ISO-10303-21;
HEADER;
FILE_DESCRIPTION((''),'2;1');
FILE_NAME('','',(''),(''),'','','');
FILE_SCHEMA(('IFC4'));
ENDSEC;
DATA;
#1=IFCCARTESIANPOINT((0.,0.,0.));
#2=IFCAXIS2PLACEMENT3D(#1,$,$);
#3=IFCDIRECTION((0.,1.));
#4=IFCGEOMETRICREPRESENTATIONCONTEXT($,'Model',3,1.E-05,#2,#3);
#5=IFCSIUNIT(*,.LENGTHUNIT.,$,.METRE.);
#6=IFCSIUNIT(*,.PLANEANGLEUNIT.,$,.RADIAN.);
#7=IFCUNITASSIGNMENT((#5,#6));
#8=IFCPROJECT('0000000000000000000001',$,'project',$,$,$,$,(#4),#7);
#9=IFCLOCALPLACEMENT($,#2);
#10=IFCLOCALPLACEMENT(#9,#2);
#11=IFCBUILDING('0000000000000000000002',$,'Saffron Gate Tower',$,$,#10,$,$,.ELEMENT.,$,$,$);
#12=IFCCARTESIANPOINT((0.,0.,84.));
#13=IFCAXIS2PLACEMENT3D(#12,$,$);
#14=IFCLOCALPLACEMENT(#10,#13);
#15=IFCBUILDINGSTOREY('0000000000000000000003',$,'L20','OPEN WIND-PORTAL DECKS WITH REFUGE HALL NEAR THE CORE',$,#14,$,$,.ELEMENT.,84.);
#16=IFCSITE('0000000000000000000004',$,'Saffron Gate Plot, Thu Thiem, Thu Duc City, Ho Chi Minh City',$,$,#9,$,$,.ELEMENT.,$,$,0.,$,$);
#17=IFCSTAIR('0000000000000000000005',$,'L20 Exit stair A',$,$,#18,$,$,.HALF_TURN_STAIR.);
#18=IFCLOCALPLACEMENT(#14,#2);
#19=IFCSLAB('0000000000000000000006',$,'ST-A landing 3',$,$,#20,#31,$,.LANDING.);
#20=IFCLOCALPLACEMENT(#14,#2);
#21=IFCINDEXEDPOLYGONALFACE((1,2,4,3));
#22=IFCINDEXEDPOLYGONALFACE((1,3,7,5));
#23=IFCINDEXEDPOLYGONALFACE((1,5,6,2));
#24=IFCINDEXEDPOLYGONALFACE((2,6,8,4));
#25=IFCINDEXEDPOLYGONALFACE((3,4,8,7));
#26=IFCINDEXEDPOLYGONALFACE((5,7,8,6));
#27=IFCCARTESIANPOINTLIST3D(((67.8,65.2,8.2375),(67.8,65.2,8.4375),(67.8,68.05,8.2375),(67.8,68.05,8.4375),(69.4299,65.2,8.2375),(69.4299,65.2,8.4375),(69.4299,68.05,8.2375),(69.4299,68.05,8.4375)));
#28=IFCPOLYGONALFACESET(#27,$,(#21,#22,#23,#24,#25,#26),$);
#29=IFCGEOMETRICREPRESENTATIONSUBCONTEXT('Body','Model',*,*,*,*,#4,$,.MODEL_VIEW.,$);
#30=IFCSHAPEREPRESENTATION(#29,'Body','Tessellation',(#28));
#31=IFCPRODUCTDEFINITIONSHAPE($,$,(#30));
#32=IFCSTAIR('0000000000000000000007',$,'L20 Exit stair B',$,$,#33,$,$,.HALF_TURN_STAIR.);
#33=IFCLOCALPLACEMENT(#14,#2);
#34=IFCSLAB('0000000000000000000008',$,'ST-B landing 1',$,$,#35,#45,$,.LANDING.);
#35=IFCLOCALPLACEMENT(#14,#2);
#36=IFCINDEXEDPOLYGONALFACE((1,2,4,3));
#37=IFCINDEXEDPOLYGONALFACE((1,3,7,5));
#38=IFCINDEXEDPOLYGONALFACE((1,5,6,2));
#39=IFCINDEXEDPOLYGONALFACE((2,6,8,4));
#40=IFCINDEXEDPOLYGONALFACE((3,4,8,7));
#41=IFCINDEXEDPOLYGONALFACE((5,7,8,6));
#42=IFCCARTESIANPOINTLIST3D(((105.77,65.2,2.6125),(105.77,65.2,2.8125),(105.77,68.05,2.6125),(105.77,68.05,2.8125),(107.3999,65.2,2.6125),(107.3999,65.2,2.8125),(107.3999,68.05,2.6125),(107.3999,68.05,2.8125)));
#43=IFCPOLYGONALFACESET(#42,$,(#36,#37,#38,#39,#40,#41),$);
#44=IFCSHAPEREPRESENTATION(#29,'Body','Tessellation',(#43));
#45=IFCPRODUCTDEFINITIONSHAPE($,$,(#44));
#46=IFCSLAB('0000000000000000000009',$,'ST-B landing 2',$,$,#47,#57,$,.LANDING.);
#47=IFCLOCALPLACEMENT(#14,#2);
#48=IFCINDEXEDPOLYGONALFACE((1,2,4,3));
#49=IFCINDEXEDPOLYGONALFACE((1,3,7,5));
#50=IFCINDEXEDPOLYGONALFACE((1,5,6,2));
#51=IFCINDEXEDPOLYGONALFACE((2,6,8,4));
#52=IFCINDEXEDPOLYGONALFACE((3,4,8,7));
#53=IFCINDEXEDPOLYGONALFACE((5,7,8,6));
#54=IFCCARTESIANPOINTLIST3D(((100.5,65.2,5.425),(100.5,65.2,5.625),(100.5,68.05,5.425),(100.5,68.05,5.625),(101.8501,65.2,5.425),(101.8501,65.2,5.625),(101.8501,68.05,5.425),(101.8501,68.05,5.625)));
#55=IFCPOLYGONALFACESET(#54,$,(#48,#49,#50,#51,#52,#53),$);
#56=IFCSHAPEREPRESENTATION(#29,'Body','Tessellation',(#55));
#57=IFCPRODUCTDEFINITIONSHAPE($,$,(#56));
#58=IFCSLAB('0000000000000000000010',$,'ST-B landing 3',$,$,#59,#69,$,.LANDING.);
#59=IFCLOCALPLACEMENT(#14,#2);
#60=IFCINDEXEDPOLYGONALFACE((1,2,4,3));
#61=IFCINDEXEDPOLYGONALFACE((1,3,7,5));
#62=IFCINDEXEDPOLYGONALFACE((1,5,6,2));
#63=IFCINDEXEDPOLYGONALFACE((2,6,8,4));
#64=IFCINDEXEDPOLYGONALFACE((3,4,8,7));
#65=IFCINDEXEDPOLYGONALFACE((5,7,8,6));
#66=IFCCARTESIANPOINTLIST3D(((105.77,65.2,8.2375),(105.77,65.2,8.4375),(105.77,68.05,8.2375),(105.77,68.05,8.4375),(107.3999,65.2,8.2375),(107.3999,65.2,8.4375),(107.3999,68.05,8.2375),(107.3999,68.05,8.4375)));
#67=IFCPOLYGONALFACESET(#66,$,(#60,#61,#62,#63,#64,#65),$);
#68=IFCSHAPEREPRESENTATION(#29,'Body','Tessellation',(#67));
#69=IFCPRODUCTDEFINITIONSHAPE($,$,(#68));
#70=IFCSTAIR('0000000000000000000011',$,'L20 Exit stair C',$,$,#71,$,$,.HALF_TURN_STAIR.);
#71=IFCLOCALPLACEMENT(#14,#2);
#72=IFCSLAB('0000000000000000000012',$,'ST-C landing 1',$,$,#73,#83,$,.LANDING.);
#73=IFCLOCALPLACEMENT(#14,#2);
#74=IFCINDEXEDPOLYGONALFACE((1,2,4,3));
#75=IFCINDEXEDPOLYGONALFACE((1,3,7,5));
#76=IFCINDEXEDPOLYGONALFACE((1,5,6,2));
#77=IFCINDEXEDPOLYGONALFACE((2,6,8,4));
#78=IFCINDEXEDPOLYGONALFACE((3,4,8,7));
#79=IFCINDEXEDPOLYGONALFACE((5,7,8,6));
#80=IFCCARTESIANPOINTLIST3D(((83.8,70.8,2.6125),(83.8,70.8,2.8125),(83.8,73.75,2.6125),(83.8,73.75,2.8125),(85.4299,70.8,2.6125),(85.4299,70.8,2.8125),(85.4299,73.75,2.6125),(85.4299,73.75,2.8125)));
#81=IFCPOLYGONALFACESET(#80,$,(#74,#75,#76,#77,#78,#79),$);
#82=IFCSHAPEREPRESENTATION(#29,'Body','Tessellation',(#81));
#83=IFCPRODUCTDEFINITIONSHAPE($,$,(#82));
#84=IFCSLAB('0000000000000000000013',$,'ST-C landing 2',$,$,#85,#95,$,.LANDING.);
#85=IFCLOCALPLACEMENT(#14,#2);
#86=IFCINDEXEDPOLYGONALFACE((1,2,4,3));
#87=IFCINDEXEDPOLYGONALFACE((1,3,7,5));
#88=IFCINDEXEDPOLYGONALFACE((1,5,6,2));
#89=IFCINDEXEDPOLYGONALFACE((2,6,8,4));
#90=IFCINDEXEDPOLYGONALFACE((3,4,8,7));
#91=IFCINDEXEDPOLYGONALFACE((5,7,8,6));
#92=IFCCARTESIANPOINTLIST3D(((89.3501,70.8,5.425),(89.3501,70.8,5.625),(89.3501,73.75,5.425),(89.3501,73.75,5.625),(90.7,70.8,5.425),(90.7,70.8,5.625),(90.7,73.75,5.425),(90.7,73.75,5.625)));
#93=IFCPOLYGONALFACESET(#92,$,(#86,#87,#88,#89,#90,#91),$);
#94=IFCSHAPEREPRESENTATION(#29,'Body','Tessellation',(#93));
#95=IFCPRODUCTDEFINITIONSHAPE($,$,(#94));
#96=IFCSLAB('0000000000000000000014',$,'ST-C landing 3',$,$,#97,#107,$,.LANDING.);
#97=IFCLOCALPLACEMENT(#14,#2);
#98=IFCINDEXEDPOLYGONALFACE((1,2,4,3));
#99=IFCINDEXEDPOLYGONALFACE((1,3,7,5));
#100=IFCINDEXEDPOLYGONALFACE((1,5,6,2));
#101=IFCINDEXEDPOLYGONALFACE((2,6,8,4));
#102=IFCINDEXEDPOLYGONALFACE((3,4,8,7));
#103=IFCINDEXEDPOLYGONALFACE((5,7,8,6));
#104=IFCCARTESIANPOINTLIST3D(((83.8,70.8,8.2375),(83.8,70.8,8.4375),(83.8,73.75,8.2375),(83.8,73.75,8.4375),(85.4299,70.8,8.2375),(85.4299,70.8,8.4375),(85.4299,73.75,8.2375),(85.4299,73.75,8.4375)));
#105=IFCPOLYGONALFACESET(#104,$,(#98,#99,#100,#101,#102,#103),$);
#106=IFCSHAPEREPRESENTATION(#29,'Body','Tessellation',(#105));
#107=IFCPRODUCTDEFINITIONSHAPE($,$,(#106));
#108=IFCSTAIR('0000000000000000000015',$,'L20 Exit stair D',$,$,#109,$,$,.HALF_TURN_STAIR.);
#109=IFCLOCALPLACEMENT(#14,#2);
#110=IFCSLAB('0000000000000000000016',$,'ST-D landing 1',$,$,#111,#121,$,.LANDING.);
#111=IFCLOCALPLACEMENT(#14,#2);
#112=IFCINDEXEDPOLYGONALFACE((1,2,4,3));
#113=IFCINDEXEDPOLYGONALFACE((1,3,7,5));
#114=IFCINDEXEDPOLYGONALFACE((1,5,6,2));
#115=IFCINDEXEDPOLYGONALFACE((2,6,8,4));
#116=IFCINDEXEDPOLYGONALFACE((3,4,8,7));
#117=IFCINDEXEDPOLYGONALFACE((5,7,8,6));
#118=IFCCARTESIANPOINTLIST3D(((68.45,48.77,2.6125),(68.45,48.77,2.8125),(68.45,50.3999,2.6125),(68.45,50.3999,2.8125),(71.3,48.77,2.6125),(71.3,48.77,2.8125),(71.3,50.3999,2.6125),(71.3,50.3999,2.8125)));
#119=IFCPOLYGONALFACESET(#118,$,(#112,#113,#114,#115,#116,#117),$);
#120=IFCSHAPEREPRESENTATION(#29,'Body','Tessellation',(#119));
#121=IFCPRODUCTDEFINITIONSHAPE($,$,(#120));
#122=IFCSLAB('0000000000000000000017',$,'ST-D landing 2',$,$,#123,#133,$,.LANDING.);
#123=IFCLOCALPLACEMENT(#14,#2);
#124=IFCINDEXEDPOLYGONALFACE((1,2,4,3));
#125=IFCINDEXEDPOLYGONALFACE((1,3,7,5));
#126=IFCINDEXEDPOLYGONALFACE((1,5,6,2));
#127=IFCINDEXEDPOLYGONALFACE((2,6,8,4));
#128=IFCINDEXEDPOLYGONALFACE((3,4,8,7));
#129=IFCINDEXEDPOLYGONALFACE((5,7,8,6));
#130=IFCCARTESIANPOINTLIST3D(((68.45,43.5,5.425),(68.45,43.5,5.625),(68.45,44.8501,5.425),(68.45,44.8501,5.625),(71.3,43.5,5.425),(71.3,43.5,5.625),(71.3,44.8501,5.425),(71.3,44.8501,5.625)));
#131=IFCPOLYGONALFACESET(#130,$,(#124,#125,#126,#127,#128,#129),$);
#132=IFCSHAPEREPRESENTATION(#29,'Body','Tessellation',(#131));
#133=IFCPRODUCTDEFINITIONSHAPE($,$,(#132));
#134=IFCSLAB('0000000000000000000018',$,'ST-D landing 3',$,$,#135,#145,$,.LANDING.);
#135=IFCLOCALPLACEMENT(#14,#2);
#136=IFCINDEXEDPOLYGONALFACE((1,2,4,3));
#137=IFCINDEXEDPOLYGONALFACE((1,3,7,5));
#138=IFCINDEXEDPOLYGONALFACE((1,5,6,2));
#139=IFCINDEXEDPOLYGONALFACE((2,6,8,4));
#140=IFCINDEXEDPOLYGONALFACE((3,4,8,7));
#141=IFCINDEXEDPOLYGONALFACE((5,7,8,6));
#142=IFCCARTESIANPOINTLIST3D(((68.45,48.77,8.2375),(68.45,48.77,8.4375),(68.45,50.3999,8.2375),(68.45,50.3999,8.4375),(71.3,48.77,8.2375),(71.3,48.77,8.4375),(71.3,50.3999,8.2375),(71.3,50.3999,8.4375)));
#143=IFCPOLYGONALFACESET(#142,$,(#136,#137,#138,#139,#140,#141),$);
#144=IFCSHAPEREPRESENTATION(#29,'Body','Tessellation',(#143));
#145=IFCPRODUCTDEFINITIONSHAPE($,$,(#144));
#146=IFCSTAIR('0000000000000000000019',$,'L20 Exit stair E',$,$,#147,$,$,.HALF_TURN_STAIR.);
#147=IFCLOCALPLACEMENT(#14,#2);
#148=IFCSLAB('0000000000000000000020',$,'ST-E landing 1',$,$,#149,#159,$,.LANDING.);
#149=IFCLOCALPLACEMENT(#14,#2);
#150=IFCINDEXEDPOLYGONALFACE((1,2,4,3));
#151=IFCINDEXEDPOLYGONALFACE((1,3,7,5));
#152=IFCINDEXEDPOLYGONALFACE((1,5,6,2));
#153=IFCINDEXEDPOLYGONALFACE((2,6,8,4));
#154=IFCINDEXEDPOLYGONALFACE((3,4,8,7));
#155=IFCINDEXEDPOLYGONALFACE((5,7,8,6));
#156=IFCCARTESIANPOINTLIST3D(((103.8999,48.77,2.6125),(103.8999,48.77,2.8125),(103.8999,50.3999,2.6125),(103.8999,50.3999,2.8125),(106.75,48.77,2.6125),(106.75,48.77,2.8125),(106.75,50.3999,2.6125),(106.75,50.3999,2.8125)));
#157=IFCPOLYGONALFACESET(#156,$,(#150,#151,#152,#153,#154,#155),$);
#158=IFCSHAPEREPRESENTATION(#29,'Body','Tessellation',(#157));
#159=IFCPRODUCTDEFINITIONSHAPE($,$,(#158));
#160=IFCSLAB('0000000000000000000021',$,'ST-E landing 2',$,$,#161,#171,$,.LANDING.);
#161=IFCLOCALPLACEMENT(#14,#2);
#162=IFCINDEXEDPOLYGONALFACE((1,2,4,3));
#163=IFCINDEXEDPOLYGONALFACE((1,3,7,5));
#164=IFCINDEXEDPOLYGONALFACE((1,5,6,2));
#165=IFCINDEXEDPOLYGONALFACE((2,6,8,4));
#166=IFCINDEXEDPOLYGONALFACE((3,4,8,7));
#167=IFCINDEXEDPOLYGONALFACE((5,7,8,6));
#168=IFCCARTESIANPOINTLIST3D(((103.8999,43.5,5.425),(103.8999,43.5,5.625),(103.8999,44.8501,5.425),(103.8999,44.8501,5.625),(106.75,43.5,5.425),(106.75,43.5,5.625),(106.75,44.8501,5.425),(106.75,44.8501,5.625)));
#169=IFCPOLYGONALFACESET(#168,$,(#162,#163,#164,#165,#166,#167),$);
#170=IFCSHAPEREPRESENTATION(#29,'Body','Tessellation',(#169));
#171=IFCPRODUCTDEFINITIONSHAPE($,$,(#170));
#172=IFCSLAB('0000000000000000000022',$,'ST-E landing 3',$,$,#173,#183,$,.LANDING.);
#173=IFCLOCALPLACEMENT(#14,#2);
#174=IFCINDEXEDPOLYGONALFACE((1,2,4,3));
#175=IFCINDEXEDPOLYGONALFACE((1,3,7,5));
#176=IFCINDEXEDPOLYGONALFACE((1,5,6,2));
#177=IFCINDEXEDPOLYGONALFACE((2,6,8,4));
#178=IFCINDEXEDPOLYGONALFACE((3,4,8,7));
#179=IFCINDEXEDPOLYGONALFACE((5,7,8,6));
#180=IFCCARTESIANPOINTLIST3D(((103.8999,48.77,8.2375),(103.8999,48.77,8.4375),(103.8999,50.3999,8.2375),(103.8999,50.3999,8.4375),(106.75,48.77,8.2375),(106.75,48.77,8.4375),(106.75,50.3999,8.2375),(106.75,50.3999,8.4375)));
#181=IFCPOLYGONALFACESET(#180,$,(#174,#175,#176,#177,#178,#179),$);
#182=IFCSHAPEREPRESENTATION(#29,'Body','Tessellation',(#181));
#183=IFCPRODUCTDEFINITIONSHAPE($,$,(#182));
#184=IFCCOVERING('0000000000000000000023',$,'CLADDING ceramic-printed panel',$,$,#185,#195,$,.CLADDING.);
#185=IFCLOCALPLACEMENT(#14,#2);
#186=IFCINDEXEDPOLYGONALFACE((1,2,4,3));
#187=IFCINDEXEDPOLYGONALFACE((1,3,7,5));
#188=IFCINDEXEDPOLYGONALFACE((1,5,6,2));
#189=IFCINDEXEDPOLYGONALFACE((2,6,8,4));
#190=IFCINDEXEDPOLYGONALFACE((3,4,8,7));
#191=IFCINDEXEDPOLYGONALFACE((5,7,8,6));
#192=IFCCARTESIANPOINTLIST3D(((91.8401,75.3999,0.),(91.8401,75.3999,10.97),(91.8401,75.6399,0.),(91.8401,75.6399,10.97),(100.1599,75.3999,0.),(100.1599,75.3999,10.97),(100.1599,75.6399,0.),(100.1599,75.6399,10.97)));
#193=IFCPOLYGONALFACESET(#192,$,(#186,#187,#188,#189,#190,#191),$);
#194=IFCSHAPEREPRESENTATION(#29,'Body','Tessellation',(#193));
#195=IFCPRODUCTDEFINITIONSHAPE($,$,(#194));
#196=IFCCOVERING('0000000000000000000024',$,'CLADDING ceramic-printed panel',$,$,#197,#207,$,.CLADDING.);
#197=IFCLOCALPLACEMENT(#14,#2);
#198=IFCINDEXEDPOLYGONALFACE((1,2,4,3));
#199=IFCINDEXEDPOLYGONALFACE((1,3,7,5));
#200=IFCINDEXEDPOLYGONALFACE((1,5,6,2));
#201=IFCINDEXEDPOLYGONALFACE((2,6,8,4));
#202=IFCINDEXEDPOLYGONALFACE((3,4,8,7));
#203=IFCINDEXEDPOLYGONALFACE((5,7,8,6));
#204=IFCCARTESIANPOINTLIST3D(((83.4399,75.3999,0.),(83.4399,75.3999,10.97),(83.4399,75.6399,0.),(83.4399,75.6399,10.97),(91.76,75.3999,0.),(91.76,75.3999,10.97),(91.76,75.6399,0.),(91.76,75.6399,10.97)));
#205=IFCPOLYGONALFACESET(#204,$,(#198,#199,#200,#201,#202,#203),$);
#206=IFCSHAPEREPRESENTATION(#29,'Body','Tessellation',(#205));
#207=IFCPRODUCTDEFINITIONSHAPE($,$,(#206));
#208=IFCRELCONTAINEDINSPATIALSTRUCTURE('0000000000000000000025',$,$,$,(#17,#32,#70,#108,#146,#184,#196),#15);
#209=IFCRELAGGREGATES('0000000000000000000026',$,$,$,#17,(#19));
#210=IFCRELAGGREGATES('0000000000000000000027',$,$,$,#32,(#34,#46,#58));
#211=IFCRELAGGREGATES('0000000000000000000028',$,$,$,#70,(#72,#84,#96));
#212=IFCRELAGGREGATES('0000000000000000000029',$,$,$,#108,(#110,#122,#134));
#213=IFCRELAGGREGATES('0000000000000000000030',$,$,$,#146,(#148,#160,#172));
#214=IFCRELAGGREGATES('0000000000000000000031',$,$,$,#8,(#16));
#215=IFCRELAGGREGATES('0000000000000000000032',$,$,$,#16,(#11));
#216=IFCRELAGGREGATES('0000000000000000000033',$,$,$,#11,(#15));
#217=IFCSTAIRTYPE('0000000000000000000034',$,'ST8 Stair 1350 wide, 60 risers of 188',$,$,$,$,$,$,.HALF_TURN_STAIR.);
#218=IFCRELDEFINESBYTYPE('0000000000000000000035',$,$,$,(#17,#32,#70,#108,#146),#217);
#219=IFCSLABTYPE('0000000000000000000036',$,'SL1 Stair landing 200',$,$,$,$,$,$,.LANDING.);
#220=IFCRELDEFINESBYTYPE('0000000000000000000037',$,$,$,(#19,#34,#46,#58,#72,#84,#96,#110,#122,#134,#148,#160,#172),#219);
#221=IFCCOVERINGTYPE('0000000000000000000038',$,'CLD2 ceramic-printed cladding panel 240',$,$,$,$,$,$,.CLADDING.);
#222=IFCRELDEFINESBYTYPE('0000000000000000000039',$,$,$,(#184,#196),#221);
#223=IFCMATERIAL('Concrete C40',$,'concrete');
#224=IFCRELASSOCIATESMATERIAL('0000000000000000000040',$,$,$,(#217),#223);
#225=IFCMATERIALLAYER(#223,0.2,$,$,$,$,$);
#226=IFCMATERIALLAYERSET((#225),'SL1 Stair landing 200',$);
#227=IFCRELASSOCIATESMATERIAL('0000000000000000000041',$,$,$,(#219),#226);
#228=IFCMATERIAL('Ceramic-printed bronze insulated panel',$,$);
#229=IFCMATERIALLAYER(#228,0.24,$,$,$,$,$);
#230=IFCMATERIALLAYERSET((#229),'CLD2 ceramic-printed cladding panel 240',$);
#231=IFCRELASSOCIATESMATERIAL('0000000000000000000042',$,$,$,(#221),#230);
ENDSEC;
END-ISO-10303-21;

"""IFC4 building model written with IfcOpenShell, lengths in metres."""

from ifc_helpers import new_model, si_unit, direction, frame, origin, place, context, subcontext, project, spatial, polyline, outline, extrude, material, layer, layer_set, type_object, element, aggregate, save


model = new_model("IFC4")

# Units and contexts
model_context = context("Model", 3, precision=1e-05, world=origin(), true_north=direction((0.0, 1.0)))
body_context = subcontext(model_context, "Body", "Model", "MODEL_VIEW")
ifc_project = project(units=[si_unit("LENGTHUNIT", "METRE"), si_unit("PLANEANGLEUNIT", "RADIAN")], contexts=[model_context])

# Site, building, storey
site_placement = place(None, origin())
site = spatial("IfcSite", under=ifc_project, at=site_placement, Name="Saffron Gate Plot, Thu Thiem, Thu Duc City, Ho Chi Minh City", CompositionType="ELEMENT", RefElevation=0.0)
building_placement = place(site_placement, origin())
building = spatial("IfcBuilding", under=site, at=building_placement, Name="Saffron Gate Tower", CompositionType="ELEMENT")
storey_placement = place(building_placement, frame((0.0, 0.0, 84.0)))
storey = spatial("IfcBuildingStorey", under=building, at=storey_placement, Name="L20", Description="OPEN WIND-PORTAL DECKS WITH REFUGE HALL NEAR THE CORE", CompositionType="ELEMENT", Elevation=84.0)

# Shared definitions
ifc_material_1 = material(Name="Concrete C40", Category="concrete")

# Stairs, slabs
stair_type = type_object("IfcStairType", Name="ST8 Stair 1350 wide, 60 risers of 188", PredefinedType="HALF_TURN_STAIR", material=ifc_material_1)
stair_1_placement = place(storey_placement, origin())
stair_1 = element("IfcStair", 1, at=stair_1_placement, inside=storey, type_object=stair_type, Name="L20 Exit stair A", PredefinedType="HALF_TURN_STAIR")
ifc_layer_1 = layer(ifc_material_1, 0.2)
ifc_layer_set_1 = layer_set([ifc_layer_1], Name="SL1 Stair landing 200")
slab_type_1 = type_object("IfcSlabType", Name="SL1 Stair landing 200", PredefinedType="LANDING", material=ifc_layer_set_1)
slab_1_placement = place(storey_placement, frame((0.0, 0.0, 8.2375)))
slab_1 = element("IfcSlab", 2, at=slab_1_placement, type_object=slab_type_1, Name="ST-A landing 3", PredefinedType="LANDING", context=body_context, shape_type="SweptSolid", body=[
    extrude(outline(polyline([(69.4299, 68.05), (67.8, 68.05), (67.8, 65.2), (69.4299, 65.2), (69.4299, 68.05)])), origin(), (0.0, 0.0, 1.0), 0.2),
])
aggregate(stair_1, [slab_1])
stair_2_placement = place(storey_placement, origin())
stair_2 = element("IfcStair", 3, at=stair_2_placement, inside=storey, type_object=stair_type, Name="L20 Exit stair B", PredefinedType="HALF_TURN_STAIR")
slab_2_placement = place(storey_placement, frame((0.0, 0.0, 2.6125)))
slab_2 = element("IfcSlab", 4, at=slab_2_placement, type_object=slab_type_1, Name="ST-B landing 1", PredefinedType="LANDING", context=body_context, shape_type="SweptSolid", body=[
    extrude(outline(polyline([(105.77, 65.2), (107.3999, 65.2), (107.3999, 68.05), (105.77, 68.05), (105.77, 65.2)])), origin(), (0.0, 0.0, 1.0), 0.2),
])
slab_3_placement = place(storey_placement, frame((0.0, 0.0, 5.425)))
slab_3 = element("IfcSlab", 5, at=slab_3_placement, type_object=slab_type_1, Name="ST-B landing 2", PredefinedType="LANDING", context=body_context, shape_type="SweptSolid", body=[
    extrude(outline(polyline([(100.5, 65.2), (101.8501, 65.2), (101.8501, 68.05), (100.5, 68.05), (100.5, 65.2)])), origin(), (0.0, 0.0, 1.0), 0.2),
])
slab_4_placement = place(storey_placement, frame((0.0, 0.0, 8.2375)))
slab_4 = element("IfcSlab", 6, at=slab_4_placement, type_object=slab_type_1, Name="ST-B landing 3", PredefinedType="LANDING", context=body_context, shape_type="SweptSolid", body=[
    extrude(outline(polyline([(105.77, 65.2), (107.3999, 65.2), (107.3999, 68.05), (105.77, 68.05), (105.77, 65.2)])), origin(), (0.0, 0.0, 1.0), 0.2),
])
aggregate(stair_2, [slab_2, slab_3, slab_4])
stair_3_placement = place(storey_placement, origin())
stair_3 = element("IfcStair", 7, at=stair_3_placement, inside=storey, type_object=stair_type, Name="L20 Exit stair C", PredefinedType="HALF_TURN_STAIR")
slab_5_placement = place(storey_placement, frame((0.0, 0.0, 2.6125)))
slab_5 = element("IfcSlab", 8, at=slab_5_placement, type_object=slab_type_1, Name="ST-C landing 1", PredefinedType="LANDING", context=body_context, shape_type="SweptSolid", body=[
    extrude(outline(polyline([(85.4299, 73.75), (83.8, 73.75), (83.8, 70.8), (85.4299, 70.8), (85.4299, 73.75)])), origin(), (0.0, 0.0, 1.0), 0.2),
])
slab_6_placement = place(storey_placement, frame((0.0, 0.0, 5.425)))
slab_6 = element("IfcSlab", 9, at=slab_6_placement, type_object=slab_type_1, Name="ST-C landing 2", PredefinedType="LANDING", context=body_context, shape_type="SweptSolid", body=[
    extrude(outline(polyline([(90.7, 73.75), (89.3501, 73.75), (89.3501, 70.8), (90.7, 70.8), (90.7, 73.75)])), origin(), (0.0, 0.0, 1.0), 0.2),
])
slab_7_placement = place(storey_placement, frame((0.0, 0.0, 8.2375)))
slab_7 = element("IfcSlab", 10, at=slab_7_placement, type_object=slab_type_1, Name="ST-C landing 3", PredefinedType="LANDING", context=body_context, shape_type="SweptSolid", body=[
    extrude(outline(polyline([(85.4299, 73.75), (83.8, 73.75), (83.8, 70.8), (85.4299, 70.8), (85.4299, 73.75)])), origin(), (0.0, 0.0, 1.0), 0.2),
])
aggregate(stair_3, [slab_5, slab_6, slab_7])
stair_4_placement = place(storey_placement, origin())
stair_4 = element("IfcStair", 11, at=stair_4_placement, inside=storey, type_object=stair_type, Name="L20 Exit stair D", PredefinedType="HALF_TURN_STAIR")
slab_8_placement = place(storey_placement, frame((0.0, 0.0, 2.6125)))
slab_8 = element("IfcSlab", 12, at=slab_8_placement, type_object=slab_type_1, Name="ST-D landing 1", PredefinedType="LANDING", context=body_context, shape_type="SweptSolid", body=[
    extrude(outline(polyline([(71.3, 48.77), (71.3, 50.3999), (68.45, 50.3999), (68.45, 48.77), (71.3, 48.77)])), origin(), (0.0, 0.0, 1.0), 0.2),
])
slab_9_placement = place(storey_placement, frame((0.0, 0.0, 5.425)))
slab_9 = element("IfcSlab", 13, at=slab_9_placement, type_object=slab_type_1, Name="ST-D landing 2", PredefinedType="LANDING", context=body_context, shape_type="SweptSolid", body=[
    extrude(outline(polyline([(71.3, 43.5), (71.3, 44.8501), (68.45, 44.8501), (68.45, 43.5), (71.3, 43.5)])), origin(), (0.0, 0.0, 1.0), 0.2),
])
slab_10_placement = place(storey_placement, frame((0.0, 0.0, 8.2375)))
slab_10 = element("IfcSlab", 14, at=slab_10_placement, type_object=slab_type_1, Name="ST-D landing 3", PredefinedType="LANDING", context=body_context, shape_type="SweptSolid", body=[
    extrude(outline(polyline([(71.3, 48.77), (71.3, 50.3999), (68.45, 50.3999), (68.45, 48.77), (71.3, 48.77)])), origin(), (0.0, 0.0, 1.0), 0.2),
])
aggregate(stair_4, [slab_8, slab_9, slab_10])
stair_5_placement = place(storey_placement, origin())
stair_5 = element("IfcStair", 15, at=stair_5_placement, inside=storey, type_object=stair_type, Name="L20 Exit stair E", PredefinedType="HALF_TURN_STAIR")
slab_11_placement = place(storey_placement, frame((0.0, 0.0, 2.6125)))
slab_11 = element("IfcSlab", 16, at=slab_11_placement, type_object=slab_type_1, Name="ST-E landing 1", PredefinedType="LANDING", context=body_context, shape_type="SweptSolid", body=[
    extrude(outline(polyline([(106.75, 48.77), (106.75, 50.3999), (103.8999, 50.3999), (103.8999, 48.77), (106.75, 48.77)])), origin(), (0.0, 0.0, 1.0), 0.2),
])
slab_12_placement = place(storey_placement, frame((0.0, 0.0, 5.425)))
slab_12 = element("IfcSlab", 17, at=slab_12_placement, type_object=slab_type_1, Name="ST-E landing 2", PredefinedType="LANDING", context=body_context, shape_type="SweptSolid", body=[
    extrude(outline(polyline([(106.75, 43.5), (106.75, 44.8501), (103.8999, 44.8501), (103.8999, 43.5), (106.75, 43.5)])), origin(), (0.0, 0.0, 1.0), 0.2),
])
slab_13_placement = place(storey_placement, frame((0.0, 0.0, 8.2375)))
slab_13 = element("IfcSlab", 18, at=slab_13_placement, type_object=slab_type_1, Name="ST-E landing 3", PredefinedType="LANDING", context=body_context, shape_type="SweptSolid", body=[
    extrude(outline(polyline([(106.75, 48.77), (106.75, 50.3999), (103.8999, 50.3999), (103.8999, 48.77), (106.75, 48.77)])), origin(), (0.0, 0.0, 1.0), 0.2),
])
aggregate(stair_5, [slab_11, slab_12, slab_13])

# Coverings
ifc_material_2 = material(Name="Ceramic-printed bronze insulated panel")
ifc_layer_2 = layer(ifc_material_2, 0.24)
ifc_layer_set_2 = layer_set([ifc_layer_2], Name="CLD2 ceramic-printed cladding panel 240")
covering_type = type_object("IfcCoveringType", Name="CLD2 ceramic-printed cladding panel 240", PredefinedType="CLADDING", material=ifc_layer_set_2)
covering_1_placement = place(storey_placement, origin())
element("IfcCovering", 19, at=covering_1_placement, inside=storey, type_object=covering_type, Name="CLADDING ceramic-printed panel", PredefinedType="CLADDING", context=body_context, shape_type="SweptSolid", body=[
    extrude(outline(polyline([(100.1599, 75.6399), (91.8401, 75.6399), (91.8401, 75.3999), (100.1599, 75.3999), (100.1599, 75.6399)])), origin(), (0.0, 0.0, 1.0), 10.97),
])
covering_2_placement = place(storey_placement, origin())
element("IfcCovering", 20, at=covering_2_placement, inside=storey, type_object=covering_type, Name="CLADDING ceramic-printed panel", PredefinedType="CLADDING", context=body_context, shape_type="SweptSolid", body=[
    extrude(outline(polyline([(91.76, 75.6399), (83.4399, 75.6399), (83.4399, 75.3999), (91.76, 75.3999), (91.76, 75.6399)])), origin(), (0.0, 0.0, 1.0), 10.97),
])

save(model, "model.ifc")
